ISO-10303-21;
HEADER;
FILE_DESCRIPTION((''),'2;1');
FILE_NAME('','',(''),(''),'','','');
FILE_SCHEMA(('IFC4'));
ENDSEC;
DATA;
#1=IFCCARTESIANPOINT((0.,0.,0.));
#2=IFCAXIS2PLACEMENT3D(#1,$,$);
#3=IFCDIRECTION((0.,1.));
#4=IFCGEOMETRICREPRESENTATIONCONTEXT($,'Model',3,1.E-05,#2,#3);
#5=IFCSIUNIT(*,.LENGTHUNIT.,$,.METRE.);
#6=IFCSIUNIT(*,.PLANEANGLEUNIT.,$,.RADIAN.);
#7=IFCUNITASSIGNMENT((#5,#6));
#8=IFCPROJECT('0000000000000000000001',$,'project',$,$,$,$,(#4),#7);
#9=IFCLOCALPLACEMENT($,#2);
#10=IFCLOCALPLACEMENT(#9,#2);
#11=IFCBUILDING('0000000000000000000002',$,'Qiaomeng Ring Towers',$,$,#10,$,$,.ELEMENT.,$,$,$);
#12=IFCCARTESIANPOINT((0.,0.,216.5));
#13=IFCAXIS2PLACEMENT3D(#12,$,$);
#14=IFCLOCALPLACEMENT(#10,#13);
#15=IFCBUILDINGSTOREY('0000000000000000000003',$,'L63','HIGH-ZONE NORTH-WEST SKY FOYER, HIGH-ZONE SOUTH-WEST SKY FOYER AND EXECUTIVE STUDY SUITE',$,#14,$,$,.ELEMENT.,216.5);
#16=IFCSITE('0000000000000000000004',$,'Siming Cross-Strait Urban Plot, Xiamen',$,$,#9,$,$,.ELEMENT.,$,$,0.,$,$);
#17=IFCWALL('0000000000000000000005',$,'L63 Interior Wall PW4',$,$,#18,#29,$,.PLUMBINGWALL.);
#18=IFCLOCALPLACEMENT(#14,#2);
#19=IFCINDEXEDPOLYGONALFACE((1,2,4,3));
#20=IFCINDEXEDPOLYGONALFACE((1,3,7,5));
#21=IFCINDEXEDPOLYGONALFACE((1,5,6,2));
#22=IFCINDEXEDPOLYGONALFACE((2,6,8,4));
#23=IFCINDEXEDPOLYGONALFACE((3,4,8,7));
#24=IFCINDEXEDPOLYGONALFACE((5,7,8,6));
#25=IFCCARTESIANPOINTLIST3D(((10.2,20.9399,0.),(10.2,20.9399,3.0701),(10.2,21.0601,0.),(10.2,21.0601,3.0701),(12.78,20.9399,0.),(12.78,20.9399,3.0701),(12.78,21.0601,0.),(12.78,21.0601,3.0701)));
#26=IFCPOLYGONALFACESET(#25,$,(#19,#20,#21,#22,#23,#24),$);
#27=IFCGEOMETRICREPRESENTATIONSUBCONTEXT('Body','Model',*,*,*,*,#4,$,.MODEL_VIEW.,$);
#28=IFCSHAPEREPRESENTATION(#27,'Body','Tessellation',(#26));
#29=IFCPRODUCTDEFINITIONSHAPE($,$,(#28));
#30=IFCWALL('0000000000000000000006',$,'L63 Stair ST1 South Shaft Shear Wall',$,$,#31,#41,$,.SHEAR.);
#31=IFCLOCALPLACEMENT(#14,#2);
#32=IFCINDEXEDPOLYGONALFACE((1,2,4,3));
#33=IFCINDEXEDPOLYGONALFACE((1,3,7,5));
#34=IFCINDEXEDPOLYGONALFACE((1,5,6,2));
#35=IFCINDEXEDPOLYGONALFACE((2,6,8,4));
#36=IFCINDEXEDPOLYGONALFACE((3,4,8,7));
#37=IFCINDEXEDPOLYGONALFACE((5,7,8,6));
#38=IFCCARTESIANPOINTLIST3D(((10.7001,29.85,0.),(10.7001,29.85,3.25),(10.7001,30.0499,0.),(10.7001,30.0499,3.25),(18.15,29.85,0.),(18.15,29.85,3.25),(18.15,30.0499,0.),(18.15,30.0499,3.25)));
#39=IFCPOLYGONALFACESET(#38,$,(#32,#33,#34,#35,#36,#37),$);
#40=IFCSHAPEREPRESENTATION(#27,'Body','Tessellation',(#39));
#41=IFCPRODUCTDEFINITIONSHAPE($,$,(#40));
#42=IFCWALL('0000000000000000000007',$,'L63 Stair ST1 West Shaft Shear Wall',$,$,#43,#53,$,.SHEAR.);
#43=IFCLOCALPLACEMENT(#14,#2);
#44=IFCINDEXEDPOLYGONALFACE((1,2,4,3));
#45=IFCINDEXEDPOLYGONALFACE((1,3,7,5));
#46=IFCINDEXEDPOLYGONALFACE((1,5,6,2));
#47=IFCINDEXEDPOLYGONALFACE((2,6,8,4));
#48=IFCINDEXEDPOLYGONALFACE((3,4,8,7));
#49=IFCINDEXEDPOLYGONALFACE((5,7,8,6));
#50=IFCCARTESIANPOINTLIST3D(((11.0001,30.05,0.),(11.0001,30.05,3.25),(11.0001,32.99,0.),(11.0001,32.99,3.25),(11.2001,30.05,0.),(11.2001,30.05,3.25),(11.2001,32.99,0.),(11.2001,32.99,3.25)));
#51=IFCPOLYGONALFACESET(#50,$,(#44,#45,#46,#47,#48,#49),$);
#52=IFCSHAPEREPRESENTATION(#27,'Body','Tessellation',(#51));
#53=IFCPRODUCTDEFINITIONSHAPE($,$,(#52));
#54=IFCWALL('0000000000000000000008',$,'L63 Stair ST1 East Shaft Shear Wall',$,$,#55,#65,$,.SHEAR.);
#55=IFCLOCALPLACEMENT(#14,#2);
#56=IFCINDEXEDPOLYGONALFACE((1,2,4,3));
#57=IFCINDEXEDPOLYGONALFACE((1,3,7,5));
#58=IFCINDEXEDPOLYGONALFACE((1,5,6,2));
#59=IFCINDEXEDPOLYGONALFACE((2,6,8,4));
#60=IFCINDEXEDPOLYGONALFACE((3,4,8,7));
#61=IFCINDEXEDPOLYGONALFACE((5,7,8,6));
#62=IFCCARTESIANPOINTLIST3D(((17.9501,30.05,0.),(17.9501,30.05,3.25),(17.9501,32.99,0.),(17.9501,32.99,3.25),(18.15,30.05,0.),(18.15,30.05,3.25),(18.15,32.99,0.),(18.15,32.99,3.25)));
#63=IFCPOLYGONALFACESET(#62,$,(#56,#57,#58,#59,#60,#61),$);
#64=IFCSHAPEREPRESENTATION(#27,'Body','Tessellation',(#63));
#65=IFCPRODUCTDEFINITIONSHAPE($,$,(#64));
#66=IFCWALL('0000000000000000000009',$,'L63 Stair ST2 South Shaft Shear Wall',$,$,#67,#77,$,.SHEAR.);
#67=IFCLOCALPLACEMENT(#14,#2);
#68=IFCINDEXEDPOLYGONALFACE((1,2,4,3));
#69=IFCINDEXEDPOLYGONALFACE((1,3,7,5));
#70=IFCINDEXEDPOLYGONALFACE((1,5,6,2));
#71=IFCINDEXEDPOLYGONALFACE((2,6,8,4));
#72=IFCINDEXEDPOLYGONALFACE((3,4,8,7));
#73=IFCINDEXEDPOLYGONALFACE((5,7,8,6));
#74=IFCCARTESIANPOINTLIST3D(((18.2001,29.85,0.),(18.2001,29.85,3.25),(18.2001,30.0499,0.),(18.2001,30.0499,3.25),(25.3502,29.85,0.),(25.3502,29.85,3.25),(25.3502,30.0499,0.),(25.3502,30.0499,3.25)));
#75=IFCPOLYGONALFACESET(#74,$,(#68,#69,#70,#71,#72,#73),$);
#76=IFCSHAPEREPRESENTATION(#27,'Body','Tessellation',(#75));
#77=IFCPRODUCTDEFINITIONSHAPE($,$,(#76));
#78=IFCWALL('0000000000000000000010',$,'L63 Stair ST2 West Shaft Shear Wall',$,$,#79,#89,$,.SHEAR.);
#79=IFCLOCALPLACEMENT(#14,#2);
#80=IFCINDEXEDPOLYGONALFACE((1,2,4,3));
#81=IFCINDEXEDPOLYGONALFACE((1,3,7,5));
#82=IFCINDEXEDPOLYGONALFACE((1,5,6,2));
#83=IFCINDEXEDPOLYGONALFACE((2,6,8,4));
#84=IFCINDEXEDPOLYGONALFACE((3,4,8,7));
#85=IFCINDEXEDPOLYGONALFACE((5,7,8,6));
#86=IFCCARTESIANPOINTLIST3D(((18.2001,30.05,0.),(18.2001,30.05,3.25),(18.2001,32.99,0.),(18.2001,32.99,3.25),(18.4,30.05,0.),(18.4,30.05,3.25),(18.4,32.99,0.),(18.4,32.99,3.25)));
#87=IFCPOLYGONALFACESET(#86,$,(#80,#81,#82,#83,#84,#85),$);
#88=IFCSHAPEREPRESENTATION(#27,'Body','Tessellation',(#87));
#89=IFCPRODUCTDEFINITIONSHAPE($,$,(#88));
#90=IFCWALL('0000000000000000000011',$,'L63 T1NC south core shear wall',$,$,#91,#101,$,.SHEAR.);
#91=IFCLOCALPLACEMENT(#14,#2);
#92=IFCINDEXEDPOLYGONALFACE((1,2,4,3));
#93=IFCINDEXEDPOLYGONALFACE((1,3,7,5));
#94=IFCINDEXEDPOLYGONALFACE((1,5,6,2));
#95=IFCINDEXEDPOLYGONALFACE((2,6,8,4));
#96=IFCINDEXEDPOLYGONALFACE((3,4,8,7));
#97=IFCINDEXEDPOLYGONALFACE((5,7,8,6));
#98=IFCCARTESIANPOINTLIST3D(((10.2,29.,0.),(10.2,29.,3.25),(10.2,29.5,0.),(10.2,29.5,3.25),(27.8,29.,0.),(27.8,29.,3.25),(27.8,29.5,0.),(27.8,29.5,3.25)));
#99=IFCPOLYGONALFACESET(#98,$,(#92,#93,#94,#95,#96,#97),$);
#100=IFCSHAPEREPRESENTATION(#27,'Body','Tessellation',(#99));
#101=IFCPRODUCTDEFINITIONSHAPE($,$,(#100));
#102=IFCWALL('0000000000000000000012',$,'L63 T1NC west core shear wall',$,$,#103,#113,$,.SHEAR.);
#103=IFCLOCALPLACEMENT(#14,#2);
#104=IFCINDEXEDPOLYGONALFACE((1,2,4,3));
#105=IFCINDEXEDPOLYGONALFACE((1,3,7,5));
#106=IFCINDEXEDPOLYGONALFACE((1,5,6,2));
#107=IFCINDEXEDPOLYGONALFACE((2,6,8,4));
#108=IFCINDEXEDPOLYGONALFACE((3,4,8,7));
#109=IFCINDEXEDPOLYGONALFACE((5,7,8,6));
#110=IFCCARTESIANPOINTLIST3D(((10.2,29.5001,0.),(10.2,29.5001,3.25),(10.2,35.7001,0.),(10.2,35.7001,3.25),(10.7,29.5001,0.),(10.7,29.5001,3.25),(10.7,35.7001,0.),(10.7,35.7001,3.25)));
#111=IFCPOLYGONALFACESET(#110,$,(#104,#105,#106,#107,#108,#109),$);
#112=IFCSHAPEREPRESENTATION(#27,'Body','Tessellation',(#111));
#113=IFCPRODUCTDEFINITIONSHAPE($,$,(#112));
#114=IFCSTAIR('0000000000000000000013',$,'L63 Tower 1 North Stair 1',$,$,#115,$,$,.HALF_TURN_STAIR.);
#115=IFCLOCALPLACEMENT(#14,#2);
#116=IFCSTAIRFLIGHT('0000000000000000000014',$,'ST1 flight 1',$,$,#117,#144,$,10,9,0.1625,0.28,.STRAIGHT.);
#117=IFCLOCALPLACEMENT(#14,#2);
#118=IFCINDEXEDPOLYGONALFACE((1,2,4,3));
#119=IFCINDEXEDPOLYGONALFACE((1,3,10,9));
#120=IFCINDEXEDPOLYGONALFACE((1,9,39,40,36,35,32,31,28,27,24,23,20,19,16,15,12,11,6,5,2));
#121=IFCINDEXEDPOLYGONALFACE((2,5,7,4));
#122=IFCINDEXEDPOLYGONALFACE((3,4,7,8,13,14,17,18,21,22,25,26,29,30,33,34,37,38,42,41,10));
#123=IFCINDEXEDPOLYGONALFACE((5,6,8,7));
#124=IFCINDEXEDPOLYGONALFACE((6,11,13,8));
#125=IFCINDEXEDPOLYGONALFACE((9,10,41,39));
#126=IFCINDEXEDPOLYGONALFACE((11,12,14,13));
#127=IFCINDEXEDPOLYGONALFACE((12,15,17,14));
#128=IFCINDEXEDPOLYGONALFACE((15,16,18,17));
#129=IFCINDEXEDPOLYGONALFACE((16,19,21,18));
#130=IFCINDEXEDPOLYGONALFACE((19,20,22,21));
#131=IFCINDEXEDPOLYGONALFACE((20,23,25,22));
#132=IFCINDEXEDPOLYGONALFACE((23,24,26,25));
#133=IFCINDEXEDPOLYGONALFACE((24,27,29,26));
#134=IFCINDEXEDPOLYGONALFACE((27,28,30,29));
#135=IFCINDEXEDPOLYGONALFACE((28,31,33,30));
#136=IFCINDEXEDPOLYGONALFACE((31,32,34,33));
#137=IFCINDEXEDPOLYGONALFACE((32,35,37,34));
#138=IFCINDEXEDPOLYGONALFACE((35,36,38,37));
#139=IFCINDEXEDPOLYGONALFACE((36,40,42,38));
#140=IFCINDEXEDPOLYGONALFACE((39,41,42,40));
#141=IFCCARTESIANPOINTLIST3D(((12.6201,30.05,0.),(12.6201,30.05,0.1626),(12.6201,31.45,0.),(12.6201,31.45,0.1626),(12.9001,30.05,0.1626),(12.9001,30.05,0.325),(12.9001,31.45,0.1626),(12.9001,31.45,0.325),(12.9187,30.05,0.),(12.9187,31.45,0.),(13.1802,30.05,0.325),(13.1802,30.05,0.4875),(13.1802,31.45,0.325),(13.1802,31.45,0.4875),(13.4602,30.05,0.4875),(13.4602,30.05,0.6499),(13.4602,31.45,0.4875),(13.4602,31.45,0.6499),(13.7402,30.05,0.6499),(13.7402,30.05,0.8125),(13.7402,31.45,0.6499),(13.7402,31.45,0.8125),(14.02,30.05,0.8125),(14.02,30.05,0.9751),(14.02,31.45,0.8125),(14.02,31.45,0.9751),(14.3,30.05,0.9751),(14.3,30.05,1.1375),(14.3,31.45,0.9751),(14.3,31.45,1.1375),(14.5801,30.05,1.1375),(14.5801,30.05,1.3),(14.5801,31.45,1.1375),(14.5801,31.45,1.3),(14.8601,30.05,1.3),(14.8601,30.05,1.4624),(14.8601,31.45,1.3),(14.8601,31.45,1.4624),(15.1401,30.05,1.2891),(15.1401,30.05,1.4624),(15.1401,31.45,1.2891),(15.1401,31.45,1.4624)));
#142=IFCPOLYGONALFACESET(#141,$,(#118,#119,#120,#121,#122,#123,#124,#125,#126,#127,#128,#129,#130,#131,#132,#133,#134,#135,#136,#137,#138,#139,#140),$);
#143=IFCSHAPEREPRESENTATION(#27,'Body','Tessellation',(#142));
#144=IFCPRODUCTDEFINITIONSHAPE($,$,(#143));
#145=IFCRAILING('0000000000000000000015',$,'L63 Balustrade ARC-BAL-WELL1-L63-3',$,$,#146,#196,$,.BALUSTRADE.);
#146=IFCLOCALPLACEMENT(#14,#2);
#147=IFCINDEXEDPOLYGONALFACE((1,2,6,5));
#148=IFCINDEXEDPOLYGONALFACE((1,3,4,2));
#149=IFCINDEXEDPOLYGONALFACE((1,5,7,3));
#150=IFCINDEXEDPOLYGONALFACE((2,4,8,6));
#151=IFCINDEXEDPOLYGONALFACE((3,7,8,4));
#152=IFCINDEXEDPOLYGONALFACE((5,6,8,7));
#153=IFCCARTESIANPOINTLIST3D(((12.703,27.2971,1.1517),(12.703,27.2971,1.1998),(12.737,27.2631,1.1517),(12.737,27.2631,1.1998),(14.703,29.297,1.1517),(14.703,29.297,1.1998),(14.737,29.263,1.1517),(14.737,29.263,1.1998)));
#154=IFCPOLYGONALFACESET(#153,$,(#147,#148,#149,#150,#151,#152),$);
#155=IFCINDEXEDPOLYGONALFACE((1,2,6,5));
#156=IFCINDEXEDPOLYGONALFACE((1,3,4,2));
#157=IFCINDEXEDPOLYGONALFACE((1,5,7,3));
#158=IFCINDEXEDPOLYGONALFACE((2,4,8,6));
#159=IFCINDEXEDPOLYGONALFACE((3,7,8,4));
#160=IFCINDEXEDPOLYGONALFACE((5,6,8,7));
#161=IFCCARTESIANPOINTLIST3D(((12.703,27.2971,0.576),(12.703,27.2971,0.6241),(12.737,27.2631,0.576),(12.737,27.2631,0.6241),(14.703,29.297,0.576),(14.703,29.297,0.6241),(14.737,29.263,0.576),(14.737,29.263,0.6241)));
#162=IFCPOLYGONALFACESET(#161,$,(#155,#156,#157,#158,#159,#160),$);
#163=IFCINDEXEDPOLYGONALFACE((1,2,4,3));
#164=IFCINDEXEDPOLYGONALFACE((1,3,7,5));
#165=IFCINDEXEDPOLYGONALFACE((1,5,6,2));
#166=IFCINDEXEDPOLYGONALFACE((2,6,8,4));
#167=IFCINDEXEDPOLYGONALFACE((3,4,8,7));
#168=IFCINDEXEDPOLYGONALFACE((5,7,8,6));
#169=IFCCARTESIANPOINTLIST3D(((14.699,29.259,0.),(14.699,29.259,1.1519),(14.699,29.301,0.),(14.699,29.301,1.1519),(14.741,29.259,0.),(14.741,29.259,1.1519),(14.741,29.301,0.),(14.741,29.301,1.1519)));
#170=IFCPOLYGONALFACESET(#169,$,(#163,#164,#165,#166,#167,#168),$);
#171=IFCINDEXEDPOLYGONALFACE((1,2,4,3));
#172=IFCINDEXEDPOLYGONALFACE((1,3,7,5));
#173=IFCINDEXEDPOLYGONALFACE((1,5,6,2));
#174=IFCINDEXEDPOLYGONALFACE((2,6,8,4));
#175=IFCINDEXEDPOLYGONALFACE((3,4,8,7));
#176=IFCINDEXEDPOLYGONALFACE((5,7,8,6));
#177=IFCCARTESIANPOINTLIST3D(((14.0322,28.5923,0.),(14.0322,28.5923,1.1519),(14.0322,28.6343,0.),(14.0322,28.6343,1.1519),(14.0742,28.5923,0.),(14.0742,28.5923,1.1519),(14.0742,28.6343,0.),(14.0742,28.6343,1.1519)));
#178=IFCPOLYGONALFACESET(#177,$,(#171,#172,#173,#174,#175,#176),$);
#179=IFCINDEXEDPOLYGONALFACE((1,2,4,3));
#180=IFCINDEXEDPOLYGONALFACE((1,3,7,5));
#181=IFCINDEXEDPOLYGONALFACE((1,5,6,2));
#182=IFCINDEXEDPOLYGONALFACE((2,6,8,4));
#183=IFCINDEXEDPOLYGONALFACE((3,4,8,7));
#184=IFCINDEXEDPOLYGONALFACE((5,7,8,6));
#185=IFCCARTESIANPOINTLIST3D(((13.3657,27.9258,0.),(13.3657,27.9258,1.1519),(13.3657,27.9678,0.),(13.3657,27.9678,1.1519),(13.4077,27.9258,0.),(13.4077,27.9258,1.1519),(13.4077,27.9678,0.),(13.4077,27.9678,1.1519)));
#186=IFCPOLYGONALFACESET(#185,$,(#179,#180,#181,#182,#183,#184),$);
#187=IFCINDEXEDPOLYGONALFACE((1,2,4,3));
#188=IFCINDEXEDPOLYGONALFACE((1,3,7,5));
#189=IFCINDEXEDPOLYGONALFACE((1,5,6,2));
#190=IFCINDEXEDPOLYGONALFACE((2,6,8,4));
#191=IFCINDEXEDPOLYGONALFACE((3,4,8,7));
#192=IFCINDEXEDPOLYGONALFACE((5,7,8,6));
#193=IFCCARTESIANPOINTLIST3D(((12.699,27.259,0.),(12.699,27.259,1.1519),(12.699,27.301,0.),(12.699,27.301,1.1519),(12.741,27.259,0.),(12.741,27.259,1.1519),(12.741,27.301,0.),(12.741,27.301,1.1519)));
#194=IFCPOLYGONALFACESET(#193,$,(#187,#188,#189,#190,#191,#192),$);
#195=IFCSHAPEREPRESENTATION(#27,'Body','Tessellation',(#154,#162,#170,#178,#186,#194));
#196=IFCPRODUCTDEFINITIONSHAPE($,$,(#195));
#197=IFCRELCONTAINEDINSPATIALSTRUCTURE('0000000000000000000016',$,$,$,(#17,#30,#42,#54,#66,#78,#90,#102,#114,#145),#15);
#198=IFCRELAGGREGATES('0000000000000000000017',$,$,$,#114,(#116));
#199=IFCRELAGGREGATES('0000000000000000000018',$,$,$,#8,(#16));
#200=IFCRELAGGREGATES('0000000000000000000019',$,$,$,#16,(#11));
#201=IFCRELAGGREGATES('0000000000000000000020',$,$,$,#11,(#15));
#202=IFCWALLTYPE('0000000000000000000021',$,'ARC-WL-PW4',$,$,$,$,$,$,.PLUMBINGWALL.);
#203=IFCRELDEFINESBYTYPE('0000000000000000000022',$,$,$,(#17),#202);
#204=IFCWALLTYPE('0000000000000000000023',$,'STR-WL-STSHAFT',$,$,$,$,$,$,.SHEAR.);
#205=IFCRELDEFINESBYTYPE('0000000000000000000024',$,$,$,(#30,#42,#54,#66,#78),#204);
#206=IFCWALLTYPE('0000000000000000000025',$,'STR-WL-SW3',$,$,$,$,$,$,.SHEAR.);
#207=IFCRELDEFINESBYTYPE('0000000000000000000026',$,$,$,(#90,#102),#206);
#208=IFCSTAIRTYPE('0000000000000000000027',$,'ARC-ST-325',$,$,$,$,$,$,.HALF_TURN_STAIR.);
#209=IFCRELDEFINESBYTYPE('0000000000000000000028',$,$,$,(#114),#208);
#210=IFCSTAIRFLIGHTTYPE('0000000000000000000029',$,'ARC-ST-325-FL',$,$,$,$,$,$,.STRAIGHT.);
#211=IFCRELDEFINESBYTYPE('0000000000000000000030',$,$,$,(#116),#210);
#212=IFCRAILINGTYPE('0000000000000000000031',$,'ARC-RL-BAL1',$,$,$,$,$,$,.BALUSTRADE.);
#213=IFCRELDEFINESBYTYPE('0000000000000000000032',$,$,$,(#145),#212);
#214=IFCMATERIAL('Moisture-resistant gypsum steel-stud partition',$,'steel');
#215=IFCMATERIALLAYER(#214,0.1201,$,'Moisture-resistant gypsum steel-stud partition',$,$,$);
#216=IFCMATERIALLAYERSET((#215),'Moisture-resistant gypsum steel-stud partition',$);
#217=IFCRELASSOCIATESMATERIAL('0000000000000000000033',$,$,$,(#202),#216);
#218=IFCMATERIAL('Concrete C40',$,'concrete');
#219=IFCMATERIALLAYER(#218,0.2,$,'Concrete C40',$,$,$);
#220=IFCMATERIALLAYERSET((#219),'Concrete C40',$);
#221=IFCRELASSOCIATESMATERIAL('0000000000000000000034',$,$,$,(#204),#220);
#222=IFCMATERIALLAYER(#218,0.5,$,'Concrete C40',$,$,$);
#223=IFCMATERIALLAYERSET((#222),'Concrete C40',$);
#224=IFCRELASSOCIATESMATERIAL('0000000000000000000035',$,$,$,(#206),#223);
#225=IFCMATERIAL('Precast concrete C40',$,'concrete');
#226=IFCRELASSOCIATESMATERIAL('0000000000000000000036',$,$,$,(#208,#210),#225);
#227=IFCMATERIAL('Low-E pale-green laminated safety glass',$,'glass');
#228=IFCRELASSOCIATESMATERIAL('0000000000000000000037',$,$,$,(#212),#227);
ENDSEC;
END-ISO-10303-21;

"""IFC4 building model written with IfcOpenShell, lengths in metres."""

from ifc_helpers import new_model, si_unit, direction, frame, frame_2d, origin, origin_2d, place, context, subcontext, project, spatial, polyline, rectangle, outline, extrude, source, transform, mapped, material, layer, layer_set, type_object, element, aggregate, save


model = new_model("IFC4")

# Units and contexts
model_context = context("Model", 3, precision=1e-05, world=origin(), true_north=direction((0.0, 1.0)))
body_context = subcontext(model_context, "Body", "Model", "MODEL_VIEW")
ifc_project = project(units=[si_unit("LENGTHUNIT", "METRE"), si_unit("PLANEANGLEUNIT", "RADIAN")], contexts=[model_context])

# Site, building, storey
site_placement = place(None, origin())
site = spatial("IfcSite", under=ifc_project, at=site_placement, Name="Siming Cross-Strait Urban Plot, Xiamen", CompositionType="ELEMENT", RefElevation=0.0)
building_placement = place(site_placement, origin())
building = spatial("IfcBuilding", under=site, at=building_placement, Name="Qiaomeng Ring Towers", CompositionType="ELEMENT")
storey_placement = place(building_placement, frame((0.0, 0.0, 216.5)))
storey = spatial("IfcBuildingStorey", under=building, at=storey_placement, Name="L63", Description="HIGH-ZONE NORTH-WEST SKY FOYER, HIGH-ZONE SOUTH-WEST SKY FOYER AND EXECUTIVE STUDY SUITE", CompositionType="ELEMENT", Elevation=216.5)

# Shared definitions
ifc_material_1 = material(Name="Concrete C40", Category="concrete")

# Walls
ifc_material_2 = material(Name="Moisture-resistant gypsum steel-stud partition", Category="steel")
ifc_layer_1 = layer(ifc_material_2, 0.1201, Name="Moisture-resistant gypsum steel-stud partition")
ifc_layer_set_1 = layer_set([ifc_layer_1], Name="Moisture-resistant gypsum steel-stud partition")
wall_type_1 = type_object("IfcWallType", Name="ARC-WL-PW4", PredefinedType="PLUMBINGWALL", material=ifc_layer_set_1)
wall_1_placement = place(storey_placement, frame((10.2, 21.0, 0.0), z_axis=(0.0, 0.0, 1.0), x_axis=(1.0, 0.0, 0.0)))
element("IfcWall", 1, at=wall_1_placement, inside=storey, type_object=wall_type_1, Name="L63 Interior Wall PW4", PredefinedType="PLUMBINGWALL", context=body_context, shape_type="SweptSolid", body=[
    extrude(rectangle(XDim=2.5801, YDim=0.1201, at=frame_2d((1.29, 0.0))), origin(), (0.0, 0.0, 1.0), 3.0701),
])
ifc_layer_2 = layer(ifc_material_1, 0.2, Name="Concrete C40")
ifc_layer_set_2 = layer_set([ifc_layer_2], Name="Concrete C40")
wall_type_2 = type_object("IfcWallType", Name="STR-WL-STSHAFT", PredefinedType="SHEAR", material=ifc_layer_set_2)
wall_2_placement = place(storey_placement, frame((10.7, 29.95, 0.0), z_axis=(0.0, 0.0, 1.0), x_axis=(1.0, 0.0, 0.0)))
element("IfcWall", 2, at=wall_2_placement, inside=storey, type_object=wall_type_2, Name="L63 Stair ST1 South Shaft Shear Wall", PredefinedType="SHEAR", context=body_context, shape_type="SweptSolid", body=[
    extrude(rectangle(XDim=7.45, YDim=0.2, at=frame_2d((3.7251, 0.0))), origin(), (0.0, 0.0, 1.0), 3.25),
])
for number, where, z_axis, x_axis, name in (
    (3, (11.1001, 30.05, 0.0), (0.0, 0.0, 1.0), (0.0, 1.0, 0.0), "L63 Stair ST1 West Shaft Shear Wall"),
    (4, (18.05, 30.05, 0.0), (0.0, 0.0, 1.0), (0.0, 1.0, 0.0), "L63 Stair ST1 East Shaft Shear Wall"),
):
    element("IfcWall", number, at=place(storey_placement, frame(where, z_axis=z_axis, x_axis=x_axis)), inside=storey, type_object=wall_type_2, Name=name, PredefinedType="SHEAR", context=body_context, shape_type="SweptSolid", body=[
        extrude(rectangle(XDim=2.9399, YDim=0.2, at=frame_2d((1.47, 0.0))), origin(), (0.0, 0.0, 1.0), 3.25),
    ])
wall_3_placement = place(storey_placement, frame((18.2, 29.95, 0.0), z_axis=(0.0, 0.0, 1.0), x_axis=(1.0, 0.0, 0.0)))
element("IfcWall", 5, at=wall_3_placement, inside=storey, type_object=wall_type_2, Name="L63 Stair ST2 South Shaft Shear Wall", PredefinedType="SHEAR", context=body_context, shape_type="SweptSolid", body=[
    extrude(rectangle(XDim=7.1501, YDim=0.2, at=frame_2d((3.5752, 0.0))), origin(), (0.0, 0.0, 1.0), 3.25),
])
wall_4_placement = place(storey_placement, frame((18.3, 30.05, 0.0), z_axis=(0.0, 0.0, 1.0), x_axis=(0.0, 1.0, 0.0)))
element("IfcWall", 6, at=wall_4_placement, inside=storey, type_object=wall_type_2, Name="L63 Stair ST2 West Shaft Shear Wall", PredefinedType="SHEAR", context=body_context, shape_type="SweptSolid", body=[
    extrude(rectangle(XDim=2.9399, YDim=0.2, at=frame_2d((1.47, 0.0))), origin(), (0.0, 0.0, 1.0), 3.25),
])
ifc_layer_3 = layer(ifc_material_1, 0.5, Name="Concrete C40")
ifc_layer_set_3 = layer_set([ifc_layer_3], Name="Concrete C40")
wall_type_3 = type_object("IfcWallType", Name="STR-WL-SW3", PredefinedType="SHEAR", material=ifc_layer_set_3)
wall_5_placement = place(storey_placement, frame((10.2, 29.25, 0.0), z_axis=(0.0, 0.0, 1.0), x_axis=(1.0, 0.0, 0.0)))
element("IfcWall", 7, at=wall_5_placement, inside=storey, type_object=wall_type_3, Name="L63 T1NC south core shear wall", PredefinedType="SHEAR", context=body_context, shape_type="SweptSolid", body=[
    extrude(rectangle(XDim=17.6001, YDim=0.5, at=frame_2d((8.8, 0.0))), origin(), (0.0, 0.0, 1.0), 3.25),
])
wall_6_placement = place(storey_placement, frame((10.45, 29.5, 0.0), z_axis=(0.0, 0.0, 1.0), x_axis=(0.0, 1.0, 0.0)))
element("IfcWall", 8, at=wall_6_placement, inside=storey, type_object=wall_type_3, Name="L63 T1NC west core shear wall", PredefinedType="SHEAR", context=body_context, shape_type="SweptSolid", body=[
    extrude(rectangle(XDim=6.2, YDim=0.5, at=frame_2d((3.1001, 0.0))), origin(), (0.0, 0.0, 1.0), 3.25),
])

# Stair, stair flight
ifc_material_3 = material(Name="Precast concrete C40", Category="concrete")
stair_type = type_object("IfcStairType", Name="ARC-ST-325", PredefinedType="HALF_TURN_STAIR", material=ifc_material_3)
stair_placement = place(storey_placement, origin())
stair = element("IfcStair", 9, at=stair_placement, inside=storey, type_object=stair_type, Name="L63 Tower 1 North Stair 1", PredefinedType="HALF_TURN_STAIR")
stair_flight_type = type_object("IfcStairFlightType", Name="ARC-ST-325-FL", PredefinedType="STRAIGHT", material=ifc_material_3)
shared_shape_1 = source(origin(), body_context, "Body", "SweptSolid", [
    extrude(outline(polyline([(0.0, 0.0), (0.0, 0.1626), (0.28, 0.1626), (0.28, 0.325), (0.5601, 0.325), (0.5601, 0.4875), (0.8401, 0.4875), (0.8401, 0.6499), (1.1201, 0.6499), (1.1201, 0.8125), (1.3999, 0.8125), (1.3999, 0.9751), (1.6799, 0.9751), (1.6799, 1.1375), (1.96, 1.1375), (1.96, 1.3), (2.24, 1.3), (2.24, 1.4624), (2.52, 1.4624), (2.52, 1.625), (2.52, 1.2891), (0.2986, 0.0), (0.0, 0.0)])), frame((0.0, 0.7, 0.0), z_axis=(0.0, -1.0, 0.0), x_axis=(1.0, 0.0, 0.0)), (0.0, 0.0, 1.0), 1.3999),
])
stair_flight_placement = place(storey_placement, frame((12.6201, 30.75, 0.0), z_axis=(0.0, 0.0, 1.0), x_axis=(1.0, 0.0, 0.0)))
stair_flight = element("IfcStairFlight", 10, at=stair_flight_placement, type_object=stair_flight_type, Name="ST1 flight 1", NumberOfRisers=10, NumberOfTreads=9, PredefinedType="STRAIGHT", RiserHeight=0.1625, TreadLength=0.28, context=body_context, shape_type="MappedRepresentation", body=[
    mapped(shared_shape_1, transform((0.0, 0.0, 0.0), x_axis=(1.0, 0.0, 0.0), y_axis=(0.0, 1.0, 0.0), z_axis=(0.0, 0.0, 1.0), scale=1.0)),
])
aggregate(stair, [stair_flight])

# Railing
ifc_material_4 = material(Name="Low-E pale-green laminated safety glass", Category="glass")
railing_type_1 = type_object("IfcRailingType", Name="ARC-RL-BAL1", PredefinedType="BALUSTRADE", material=ifc_material_4)
railing_1_placement = place(storey_placement, frame((14.72, 29.28, 0.0)))
element("IfcRailing", 11, at=railing_1_placement, inside=storey, type_object=railing_type_1, Name="L63 Balustrade ARC-BAL-WELL1-L63-3", PredefinedType="BALUSTRADE", context=body_context, shape_type="SweptSolid", body=[
    extrude(rectangle(XDim=0.0481, YDim=0.0481, at=origin_2d()), frame((0.0, 0.0, 1.1758), z_axis=(-0.707107, -0.707107, 0.0), x_axis=(0.707107, -0.707107, 0.0)), (0.0, 0.0, 1.0), 2.8284),
    extrude(rectangle(XDim=0.0481, YDim=0.0481, at=origin_2d()), frame((0.0, 0.0, 0.6001), z_axis=(-0.707107, -0.707107, 0.0), x_axis=(0.707107, -0.707107, 0.0)), (0.0, 0.0, 1.0), 2.8284),
    extrude(rectangle(XDim=0.042, YDim=0.042, at=origin_2d()), origin(), (0.0, 0.0, 1.0), 1.1519),
    extrude(rectangle(XDim=0.042, YDim=0.042, at=origin_2d()), frame((-0.6667, -0.6667, 0.0)), (0.0, 0.0, 1.0), 1.1519),
    extrude(rectangle(XDim=0.042, YDim=0.042, at=origin_2d()), frame((-1.3333, -1.3333, 0.0)), (0.0, 0.0, 1.0), 1.1519),
    extrude(rectangle(XDim=0.042, YDim=0.042, at=origin_2d()), frame((-2.0, -2.0, 0.0)), (0.0, 0.0, 1.0), 1.1519),
])

save(model, "model.ifc")
